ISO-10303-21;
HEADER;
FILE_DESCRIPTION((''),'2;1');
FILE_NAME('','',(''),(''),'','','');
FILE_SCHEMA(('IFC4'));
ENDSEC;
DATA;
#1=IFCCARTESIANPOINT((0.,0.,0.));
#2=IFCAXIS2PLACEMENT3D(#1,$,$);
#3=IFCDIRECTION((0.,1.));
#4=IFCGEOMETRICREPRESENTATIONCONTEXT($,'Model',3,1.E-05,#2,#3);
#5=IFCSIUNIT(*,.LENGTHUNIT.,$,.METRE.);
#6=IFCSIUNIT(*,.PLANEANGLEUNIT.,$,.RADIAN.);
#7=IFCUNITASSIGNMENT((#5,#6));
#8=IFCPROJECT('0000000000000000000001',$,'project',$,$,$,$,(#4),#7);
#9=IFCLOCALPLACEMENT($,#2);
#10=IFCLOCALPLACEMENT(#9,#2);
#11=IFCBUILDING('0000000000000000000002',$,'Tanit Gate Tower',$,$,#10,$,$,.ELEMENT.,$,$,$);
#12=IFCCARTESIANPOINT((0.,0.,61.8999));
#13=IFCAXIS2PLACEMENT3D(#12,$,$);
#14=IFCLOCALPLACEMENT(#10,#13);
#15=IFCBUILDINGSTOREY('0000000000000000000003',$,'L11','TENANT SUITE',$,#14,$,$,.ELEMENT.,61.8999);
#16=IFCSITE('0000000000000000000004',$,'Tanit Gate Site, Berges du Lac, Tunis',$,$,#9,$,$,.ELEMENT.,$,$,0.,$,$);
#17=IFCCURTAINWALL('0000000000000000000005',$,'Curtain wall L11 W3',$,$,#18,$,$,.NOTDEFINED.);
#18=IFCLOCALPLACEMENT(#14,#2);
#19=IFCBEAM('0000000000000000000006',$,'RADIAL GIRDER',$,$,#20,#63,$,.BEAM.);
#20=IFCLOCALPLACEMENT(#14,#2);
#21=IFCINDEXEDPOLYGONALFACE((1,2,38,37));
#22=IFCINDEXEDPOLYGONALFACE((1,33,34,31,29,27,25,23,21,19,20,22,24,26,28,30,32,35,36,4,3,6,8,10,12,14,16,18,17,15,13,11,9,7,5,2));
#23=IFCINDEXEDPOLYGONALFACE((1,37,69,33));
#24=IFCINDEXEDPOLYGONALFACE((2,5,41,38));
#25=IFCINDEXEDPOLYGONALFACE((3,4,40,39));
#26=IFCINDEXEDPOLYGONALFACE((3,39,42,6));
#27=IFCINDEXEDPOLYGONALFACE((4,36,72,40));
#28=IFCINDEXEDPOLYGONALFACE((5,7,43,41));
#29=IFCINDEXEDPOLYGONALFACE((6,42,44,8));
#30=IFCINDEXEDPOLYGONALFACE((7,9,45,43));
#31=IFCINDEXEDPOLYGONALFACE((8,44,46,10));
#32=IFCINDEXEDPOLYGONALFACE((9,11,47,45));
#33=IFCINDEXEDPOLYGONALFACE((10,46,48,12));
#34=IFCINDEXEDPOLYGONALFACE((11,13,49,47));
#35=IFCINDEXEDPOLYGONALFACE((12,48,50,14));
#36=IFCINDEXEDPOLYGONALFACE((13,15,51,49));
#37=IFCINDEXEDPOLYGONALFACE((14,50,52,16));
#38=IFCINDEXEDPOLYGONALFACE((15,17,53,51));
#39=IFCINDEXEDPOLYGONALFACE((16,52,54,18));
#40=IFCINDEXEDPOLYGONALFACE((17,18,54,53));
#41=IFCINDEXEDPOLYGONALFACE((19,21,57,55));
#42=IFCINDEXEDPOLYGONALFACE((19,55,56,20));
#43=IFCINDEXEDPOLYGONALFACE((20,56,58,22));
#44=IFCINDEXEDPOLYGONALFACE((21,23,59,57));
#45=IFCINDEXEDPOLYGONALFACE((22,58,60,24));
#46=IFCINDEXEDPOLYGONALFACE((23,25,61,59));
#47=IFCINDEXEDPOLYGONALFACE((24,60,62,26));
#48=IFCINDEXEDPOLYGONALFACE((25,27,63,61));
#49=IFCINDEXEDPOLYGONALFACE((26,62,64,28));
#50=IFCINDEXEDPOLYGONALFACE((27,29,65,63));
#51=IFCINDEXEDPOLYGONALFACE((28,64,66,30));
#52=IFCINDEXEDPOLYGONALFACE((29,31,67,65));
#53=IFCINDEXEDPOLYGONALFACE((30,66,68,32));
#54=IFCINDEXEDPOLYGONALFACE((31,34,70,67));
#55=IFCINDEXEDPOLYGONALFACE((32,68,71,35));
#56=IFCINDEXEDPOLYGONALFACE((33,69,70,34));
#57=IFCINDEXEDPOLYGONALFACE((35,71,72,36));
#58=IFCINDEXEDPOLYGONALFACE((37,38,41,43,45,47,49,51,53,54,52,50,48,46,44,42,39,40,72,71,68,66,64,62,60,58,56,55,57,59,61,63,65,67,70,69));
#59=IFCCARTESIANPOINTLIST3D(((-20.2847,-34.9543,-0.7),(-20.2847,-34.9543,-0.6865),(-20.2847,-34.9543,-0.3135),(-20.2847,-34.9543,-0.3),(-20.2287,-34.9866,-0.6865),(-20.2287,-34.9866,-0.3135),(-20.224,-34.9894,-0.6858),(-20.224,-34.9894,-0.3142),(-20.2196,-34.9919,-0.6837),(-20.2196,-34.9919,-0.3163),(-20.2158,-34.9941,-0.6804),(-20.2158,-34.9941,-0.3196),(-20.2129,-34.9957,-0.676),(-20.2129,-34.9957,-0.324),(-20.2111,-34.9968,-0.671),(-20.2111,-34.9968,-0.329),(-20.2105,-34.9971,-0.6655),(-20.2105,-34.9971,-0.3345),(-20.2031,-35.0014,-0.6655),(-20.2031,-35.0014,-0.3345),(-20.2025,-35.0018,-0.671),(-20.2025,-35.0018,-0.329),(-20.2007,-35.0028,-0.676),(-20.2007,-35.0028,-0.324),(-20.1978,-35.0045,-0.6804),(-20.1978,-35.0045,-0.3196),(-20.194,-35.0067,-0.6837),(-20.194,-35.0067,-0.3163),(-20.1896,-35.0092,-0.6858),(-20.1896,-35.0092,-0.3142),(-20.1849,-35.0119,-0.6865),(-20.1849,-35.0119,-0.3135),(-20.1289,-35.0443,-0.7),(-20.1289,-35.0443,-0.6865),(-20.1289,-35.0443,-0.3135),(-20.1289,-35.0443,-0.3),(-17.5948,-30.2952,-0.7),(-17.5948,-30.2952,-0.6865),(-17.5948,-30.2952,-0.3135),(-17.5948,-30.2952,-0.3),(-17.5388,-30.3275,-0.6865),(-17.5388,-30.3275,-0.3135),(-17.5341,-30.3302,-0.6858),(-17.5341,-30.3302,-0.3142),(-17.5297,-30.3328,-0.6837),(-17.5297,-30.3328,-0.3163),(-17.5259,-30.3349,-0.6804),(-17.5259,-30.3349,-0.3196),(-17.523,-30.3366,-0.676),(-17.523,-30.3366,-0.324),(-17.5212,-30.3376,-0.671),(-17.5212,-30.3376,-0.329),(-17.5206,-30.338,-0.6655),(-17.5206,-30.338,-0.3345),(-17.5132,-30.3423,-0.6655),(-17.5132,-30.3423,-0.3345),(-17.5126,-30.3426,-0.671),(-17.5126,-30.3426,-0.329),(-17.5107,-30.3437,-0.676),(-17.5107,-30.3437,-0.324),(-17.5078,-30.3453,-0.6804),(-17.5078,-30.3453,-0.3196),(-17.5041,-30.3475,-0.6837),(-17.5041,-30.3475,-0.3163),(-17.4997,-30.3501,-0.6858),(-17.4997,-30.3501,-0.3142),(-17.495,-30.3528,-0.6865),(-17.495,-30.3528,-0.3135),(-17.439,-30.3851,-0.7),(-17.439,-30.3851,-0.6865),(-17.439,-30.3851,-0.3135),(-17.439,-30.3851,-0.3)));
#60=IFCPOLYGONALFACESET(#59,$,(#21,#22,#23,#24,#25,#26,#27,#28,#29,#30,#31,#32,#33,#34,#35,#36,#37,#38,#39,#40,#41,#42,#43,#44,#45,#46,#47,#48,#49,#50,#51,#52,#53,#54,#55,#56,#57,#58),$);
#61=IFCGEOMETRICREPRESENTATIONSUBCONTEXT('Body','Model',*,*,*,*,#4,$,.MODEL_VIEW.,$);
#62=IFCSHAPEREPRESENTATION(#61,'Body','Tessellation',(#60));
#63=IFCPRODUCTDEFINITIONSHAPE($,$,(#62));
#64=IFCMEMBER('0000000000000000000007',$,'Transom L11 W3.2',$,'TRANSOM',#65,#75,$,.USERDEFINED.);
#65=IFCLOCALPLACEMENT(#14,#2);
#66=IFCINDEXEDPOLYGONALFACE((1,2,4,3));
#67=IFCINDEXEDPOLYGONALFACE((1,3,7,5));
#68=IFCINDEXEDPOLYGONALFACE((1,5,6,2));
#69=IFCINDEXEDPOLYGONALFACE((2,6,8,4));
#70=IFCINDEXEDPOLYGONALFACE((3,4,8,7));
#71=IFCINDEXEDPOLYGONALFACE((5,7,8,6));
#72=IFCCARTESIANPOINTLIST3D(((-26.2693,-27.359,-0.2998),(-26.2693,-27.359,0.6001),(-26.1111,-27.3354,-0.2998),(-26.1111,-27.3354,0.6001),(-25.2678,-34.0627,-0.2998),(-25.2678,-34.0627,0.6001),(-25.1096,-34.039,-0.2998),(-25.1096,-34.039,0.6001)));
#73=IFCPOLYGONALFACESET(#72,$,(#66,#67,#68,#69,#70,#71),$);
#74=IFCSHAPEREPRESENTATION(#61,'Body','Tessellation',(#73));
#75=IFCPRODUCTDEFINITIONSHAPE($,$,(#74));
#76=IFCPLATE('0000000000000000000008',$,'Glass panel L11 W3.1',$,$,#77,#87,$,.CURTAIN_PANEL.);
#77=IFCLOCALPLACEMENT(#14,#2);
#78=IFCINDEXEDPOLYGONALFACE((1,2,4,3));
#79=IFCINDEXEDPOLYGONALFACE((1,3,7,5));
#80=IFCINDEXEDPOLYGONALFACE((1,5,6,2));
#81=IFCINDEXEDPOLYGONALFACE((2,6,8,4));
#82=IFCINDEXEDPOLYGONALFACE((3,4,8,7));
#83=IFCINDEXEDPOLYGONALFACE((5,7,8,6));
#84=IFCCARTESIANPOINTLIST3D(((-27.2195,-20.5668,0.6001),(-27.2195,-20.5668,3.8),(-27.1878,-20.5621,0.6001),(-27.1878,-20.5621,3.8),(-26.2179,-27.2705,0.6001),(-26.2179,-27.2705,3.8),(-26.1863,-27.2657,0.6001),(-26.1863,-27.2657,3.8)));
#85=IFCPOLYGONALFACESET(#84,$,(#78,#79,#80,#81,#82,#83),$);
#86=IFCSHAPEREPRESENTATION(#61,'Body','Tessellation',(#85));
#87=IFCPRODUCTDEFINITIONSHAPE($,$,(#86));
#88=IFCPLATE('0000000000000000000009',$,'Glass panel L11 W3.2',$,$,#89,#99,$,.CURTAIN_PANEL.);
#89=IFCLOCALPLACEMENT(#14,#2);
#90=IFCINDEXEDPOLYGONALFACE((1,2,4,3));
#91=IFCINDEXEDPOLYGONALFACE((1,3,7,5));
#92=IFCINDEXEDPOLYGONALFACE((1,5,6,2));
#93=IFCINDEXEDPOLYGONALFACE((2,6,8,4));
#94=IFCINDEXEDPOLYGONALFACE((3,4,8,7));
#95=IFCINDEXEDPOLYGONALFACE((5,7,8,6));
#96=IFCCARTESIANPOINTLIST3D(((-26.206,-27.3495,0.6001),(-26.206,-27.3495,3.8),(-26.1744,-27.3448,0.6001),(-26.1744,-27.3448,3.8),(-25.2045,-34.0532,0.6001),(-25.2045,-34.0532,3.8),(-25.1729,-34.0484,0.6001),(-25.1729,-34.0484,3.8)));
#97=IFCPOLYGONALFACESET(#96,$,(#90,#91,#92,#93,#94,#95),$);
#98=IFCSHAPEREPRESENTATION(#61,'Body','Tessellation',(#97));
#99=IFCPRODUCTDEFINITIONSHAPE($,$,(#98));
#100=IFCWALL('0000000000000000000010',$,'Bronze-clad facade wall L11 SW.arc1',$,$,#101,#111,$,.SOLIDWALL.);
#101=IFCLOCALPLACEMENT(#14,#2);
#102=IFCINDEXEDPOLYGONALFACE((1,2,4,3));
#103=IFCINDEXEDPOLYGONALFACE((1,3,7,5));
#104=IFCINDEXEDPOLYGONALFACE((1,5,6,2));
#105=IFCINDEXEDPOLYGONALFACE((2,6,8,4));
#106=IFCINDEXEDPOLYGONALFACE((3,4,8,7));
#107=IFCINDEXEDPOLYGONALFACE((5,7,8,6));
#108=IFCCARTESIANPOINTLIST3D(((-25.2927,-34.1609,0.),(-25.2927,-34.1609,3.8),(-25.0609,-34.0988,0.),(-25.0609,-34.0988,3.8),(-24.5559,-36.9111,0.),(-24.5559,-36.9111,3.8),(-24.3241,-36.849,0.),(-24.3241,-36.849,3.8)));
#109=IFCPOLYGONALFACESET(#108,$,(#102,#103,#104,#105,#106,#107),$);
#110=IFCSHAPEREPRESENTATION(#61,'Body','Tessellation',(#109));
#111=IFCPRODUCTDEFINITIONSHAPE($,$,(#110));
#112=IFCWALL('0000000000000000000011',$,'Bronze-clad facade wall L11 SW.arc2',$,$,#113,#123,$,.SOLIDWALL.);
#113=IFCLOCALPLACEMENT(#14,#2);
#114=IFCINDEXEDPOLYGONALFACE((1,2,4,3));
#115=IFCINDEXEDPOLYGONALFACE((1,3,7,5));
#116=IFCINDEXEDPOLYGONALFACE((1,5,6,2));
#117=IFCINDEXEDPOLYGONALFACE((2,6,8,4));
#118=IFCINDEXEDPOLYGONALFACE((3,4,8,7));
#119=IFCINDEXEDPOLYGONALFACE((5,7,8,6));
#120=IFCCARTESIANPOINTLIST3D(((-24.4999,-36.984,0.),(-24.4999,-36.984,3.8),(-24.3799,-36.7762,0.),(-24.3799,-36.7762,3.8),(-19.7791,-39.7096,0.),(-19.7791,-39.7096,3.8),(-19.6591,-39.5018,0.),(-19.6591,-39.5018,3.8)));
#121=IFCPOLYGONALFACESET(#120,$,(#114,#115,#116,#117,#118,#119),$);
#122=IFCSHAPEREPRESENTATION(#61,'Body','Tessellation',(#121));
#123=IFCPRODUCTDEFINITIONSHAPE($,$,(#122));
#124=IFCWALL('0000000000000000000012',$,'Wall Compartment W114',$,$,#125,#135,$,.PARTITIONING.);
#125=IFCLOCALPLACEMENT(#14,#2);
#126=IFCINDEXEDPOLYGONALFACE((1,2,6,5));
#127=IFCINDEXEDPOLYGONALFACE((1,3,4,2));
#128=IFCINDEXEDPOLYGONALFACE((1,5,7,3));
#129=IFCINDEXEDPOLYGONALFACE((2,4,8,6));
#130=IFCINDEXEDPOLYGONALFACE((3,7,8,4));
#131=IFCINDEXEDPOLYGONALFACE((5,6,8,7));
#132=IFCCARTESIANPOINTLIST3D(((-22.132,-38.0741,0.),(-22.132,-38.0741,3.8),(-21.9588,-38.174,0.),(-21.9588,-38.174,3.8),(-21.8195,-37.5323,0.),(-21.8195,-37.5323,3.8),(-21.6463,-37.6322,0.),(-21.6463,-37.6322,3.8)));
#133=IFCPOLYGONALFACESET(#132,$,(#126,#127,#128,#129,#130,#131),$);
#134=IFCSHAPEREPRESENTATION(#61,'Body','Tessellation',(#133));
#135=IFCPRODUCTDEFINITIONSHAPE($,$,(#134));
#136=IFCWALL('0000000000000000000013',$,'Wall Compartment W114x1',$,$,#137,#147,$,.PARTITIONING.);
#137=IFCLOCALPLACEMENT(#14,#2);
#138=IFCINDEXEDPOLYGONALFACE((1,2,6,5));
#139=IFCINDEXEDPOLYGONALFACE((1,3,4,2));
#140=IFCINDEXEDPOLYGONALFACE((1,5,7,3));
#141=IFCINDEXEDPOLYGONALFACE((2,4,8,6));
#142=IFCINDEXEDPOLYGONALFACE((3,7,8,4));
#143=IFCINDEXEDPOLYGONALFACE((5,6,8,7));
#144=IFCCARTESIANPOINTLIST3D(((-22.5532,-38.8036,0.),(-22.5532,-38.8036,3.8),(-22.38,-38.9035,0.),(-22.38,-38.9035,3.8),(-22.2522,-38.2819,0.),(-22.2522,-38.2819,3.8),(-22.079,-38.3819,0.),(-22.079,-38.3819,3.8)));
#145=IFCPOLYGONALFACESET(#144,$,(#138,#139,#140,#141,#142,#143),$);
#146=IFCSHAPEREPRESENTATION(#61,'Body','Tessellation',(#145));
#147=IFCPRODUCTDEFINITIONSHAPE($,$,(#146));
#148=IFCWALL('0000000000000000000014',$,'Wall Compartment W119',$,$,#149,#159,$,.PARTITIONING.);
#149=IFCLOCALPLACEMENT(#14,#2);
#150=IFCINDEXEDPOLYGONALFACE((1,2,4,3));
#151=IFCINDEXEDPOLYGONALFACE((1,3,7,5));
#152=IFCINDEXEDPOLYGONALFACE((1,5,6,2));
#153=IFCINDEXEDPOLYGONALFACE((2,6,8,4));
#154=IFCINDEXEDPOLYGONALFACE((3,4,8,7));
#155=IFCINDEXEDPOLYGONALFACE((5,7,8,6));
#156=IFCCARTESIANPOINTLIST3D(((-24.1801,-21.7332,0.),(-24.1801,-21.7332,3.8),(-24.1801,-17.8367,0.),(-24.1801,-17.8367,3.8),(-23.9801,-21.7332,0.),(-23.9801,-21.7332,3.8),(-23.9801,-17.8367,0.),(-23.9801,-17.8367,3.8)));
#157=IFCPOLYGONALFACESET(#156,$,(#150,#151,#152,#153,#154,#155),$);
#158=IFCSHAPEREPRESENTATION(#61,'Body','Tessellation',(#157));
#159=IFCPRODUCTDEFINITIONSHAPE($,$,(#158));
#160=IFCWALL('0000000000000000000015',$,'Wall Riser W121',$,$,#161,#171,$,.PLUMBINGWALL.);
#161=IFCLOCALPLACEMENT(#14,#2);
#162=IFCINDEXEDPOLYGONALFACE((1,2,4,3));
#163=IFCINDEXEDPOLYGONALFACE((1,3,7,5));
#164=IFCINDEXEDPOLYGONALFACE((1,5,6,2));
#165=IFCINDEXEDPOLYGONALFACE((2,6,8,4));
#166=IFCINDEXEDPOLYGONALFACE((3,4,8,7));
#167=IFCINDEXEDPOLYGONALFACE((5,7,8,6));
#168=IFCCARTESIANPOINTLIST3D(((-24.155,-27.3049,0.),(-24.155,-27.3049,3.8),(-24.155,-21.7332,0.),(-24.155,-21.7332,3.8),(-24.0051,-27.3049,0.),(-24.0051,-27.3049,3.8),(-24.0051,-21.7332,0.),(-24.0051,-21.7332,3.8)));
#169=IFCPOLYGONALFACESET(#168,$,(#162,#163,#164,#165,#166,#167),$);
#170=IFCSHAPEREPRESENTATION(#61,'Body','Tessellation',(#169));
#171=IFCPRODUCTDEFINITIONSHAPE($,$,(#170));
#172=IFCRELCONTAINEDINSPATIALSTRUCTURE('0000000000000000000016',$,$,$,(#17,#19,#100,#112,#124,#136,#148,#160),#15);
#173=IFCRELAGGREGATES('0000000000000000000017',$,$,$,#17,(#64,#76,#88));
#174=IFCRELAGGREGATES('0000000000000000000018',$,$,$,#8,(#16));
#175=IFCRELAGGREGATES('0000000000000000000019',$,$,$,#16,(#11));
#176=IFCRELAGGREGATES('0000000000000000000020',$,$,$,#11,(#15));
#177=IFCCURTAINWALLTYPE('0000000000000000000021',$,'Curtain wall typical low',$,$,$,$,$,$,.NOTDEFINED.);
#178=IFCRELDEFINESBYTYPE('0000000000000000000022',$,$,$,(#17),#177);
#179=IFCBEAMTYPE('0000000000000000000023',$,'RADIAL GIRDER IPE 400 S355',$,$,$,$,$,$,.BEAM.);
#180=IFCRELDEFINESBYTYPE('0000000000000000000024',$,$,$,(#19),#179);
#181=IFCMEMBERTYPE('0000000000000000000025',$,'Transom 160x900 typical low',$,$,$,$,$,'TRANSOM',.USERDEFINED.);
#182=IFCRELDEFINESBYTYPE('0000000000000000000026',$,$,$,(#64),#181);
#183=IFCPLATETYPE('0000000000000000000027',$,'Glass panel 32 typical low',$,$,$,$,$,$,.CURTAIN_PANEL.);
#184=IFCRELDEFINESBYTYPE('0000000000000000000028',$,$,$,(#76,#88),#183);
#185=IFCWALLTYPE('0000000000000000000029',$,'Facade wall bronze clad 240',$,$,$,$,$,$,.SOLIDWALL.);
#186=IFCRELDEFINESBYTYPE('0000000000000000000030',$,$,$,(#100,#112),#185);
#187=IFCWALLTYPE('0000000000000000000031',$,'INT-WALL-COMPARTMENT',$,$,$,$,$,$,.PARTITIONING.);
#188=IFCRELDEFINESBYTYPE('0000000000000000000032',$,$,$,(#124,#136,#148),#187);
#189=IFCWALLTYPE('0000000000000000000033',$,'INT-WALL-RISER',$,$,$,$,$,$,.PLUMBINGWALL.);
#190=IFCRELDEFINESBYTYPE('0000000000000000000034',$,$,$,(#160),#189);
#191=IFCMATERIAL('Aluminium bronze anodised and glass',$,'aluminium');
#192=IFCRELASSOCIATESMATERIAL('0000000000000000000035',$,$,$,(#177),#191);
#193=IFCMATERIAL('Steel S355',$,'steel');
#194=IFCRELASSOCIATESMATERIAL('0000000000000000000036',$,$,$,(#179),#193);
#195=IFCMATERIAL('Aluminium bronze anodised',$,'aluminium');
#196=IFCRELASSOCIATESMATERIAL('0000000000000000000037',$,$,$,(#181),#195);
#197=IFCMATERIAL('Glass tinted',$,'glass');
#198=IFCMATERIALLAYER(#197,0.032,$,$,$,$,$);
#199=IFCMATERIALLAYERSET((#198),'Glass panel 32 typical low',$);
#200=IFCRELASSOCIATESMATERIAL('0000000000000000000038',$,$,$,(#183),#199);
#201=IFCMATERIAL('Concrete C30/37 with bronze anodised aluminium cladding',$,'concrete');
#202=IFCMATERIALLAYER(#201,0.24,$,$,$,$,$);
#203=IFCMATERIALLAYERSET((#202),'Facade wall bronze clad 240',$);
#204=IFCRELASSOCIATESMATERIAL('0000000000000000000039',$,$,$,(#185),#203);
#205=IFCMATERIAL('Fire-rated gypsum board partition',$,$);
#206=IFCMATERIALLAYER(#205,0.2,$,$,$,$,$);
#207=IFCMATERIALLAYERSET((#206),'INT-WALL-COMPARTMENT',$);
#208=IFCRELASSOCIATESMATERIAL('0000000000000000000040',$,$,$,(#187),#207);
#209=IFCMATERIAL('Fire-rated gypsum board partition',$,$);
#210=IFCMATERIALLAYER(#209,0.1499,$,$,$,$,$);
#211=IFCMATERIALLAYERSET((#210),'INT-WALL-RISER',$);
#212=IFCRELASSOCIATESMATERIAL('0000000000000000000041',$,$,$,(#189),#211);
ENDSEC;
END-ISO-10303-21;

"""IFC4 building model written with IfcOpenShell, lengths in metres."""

from ifc_helpers import new_model, si_unit, direction, frame, frame_2d, origin, origin_2d, place, context, subcontext, project, spatial, rectangle, i_section, extrude, material, layer, layer_set, material_profile, profile_set, type_object, element, aggregate, save


model = new_model("IFC4")

# Units and contexts
model_context = context("Model", 3, precision=1e-05, world=origin(), true_north=direction((0.0, 1.0)))
body_context = subcontext(model_context, "Body", "Model", "MODEL_VIEW")
ifc_project = project(units=[si_unit("LENGTHUNIT", "METRE"), si_unit("PLANEANGLEUNIT", "RADIAN")], contexts=[model_context])

# Site, building, storey
site_placement = place(None, origin())
site = spatial("IfcSite", under=ifc_project, at=site_placement, Name="Tanit Gate Site, Berges du Lac, Tunis", CompositionType="ELEMENT", RefElevation=0.0)
building_placement = place(site_placement, origin())
building = spatial("IfcBuilding", under=site, at=building_placement, Name="Tanit Gate Tower", CompositionType="ELEMENT")
storey_placement = place(building_placement, frame((0.0, 0.0, 61.8999)))
storey = spatial("IfcBuildingStorey", under=building, at=storey_placement, Name="L11", Description="TENANT SUITE", CompositionType="ELEMENT", Elevation=61.8999)

# Curtain wall
ifc_material_1 = material(Name="Aluminium bronze anodised and glass", Category="aluminium")
curtain_wall_type = type_object("IfcCurtainWallType", Name="Curtain wall typical low", PredefinedType="NOTDEFINED", material=ifc_material_1)
curtain_wall_placement = place(storey_placement, origin())
curtain_wall = element("IfcCurtainWall", 1, at=curtain_wall_placement, inside=storey, type_object=curtain_wall_type, Name="Curtain wall L11 W3", PredefinedType="NOTDEFINED")

# Beam
ifc_material_2 = material(Name="Steel S355", Category="steel")
ifc_material_profile_1 = material_profile(ifc_material_2, i_section(OverallWidth=0.1799, OverallDepth=0.3999, WebThickness=0.0085, FlangeThickness=0.0134, FilletRadius=0.021, at=origin_2d()), Name="IPE 400")
ifc_profile_set_1 = profile_set([ifc_material_profile_1], Name="Steel S355")
beam_type_1 = type_object("IfcBeamType", Name="RADIAL GIRDER IPE 400 S355", PredefinedType="BEAM", material=ifc_profile_set_1)
beam_1_placement = place(storey_placement, frame((-20.2068, -34.9993, -0.5), z_axis=(0.499995, 0.866028, 0.0), x_axis=(-0.866028, 0.499995, 0.0)))
element("IfcBeam", 2, at=beam_1_placement, inside=storey, type_object=beam_type_1, Name="RADIAL GIRDER", PredefinedType="BEAM", context=body_context, shape_type="SweptSolid", body=[
    extrude(i_section(OverallWidth=0.1799, OverallDepth=0.3999, WebThickness=0.0085, FlangeThickness=0.0134, FilletRadius=0.021, at=origin_2d()), origin(), (0.0, 0.0, 1.0), 5.3799),
])

# Member
ifc_material_3 = material(Name="Aluminium bronze anodised", Category="aluminium")
ifc_material_profile_2 = material_profile(ifc_material_3, rectangle(XDim=0.1599, YDim=0.8999, at=origin_2d()), Name="160x900 bronze transom")
ifc_profile_set_2 = profile_set([ifc_material_profile_2], Name="Aluminium bronze anodised")
member_type_1 = type_object("IfcMemberType", Name="Transom 160x900 typical low", ElementType="TRANSOM", PredefinedType="USERDEFINED", material=ifc_profile_set_2)
member_1_placement = place(storey_placement, frame((-26.1902, -27.3472, 0.1501), z_axis=(0.147752, -0.989024, 0.0), x_axis=(0.989024, 0.147752, 0.0)))
member_1 = element("IfcMember", 3, at=member_1_placement, type_object=member_type_1, Name="Transom L11 W3.2", ObjectType="TRANSOM", PredefinedType="USERDEFINED", context=body_context, shape_type="SweptSolid", body=[
    extrude(rectangle(XDim=0.1599, YDim=0.8999, at=origin_2d()), origin(), (0.0, 0.0, 1.0), 6.7781),
])

# Plates
ifc_material_4 = material(Name="Glass tinted", Category="glass")
ifc_layer_1 = layer(ifc_material_4, 0.032)
ifc_layer_set_1 = layer_set([ifc_layer_1], Name="Glass panel 32 typical low")
plate_type = type_object("IfcPlateType", Name="Glass panel 32 typical low", PredefinedType="CURTAIN_PANEL", material=ifc_layer_set_1)
plate_1_placement = place(storey_placement, frame((-26.7029, -23.9163, 0.6001), z_axis=(0.0, 0.0, 1.0), x_axis=(0.14776, -0.989023, 0.0)))
plate_1 = element("IfcPlate", 4, at=plate_1_placement, type_object=plate_type, Name="Glass panel L11 W3.1", PredefinedType="CURTAIN_PANEL", context=body_context, shape_type="SweptSolid", body=[
    extrude(rectangle(XDim=6.7781, YDim=0.032, at=origin_2d()), origin(), (0.0, 0.0, 1.0), 3.2),
])
plate_2_placement = place(storey_placement, frame((-25.6895, -30.699, 0.6001), z_axis=(0.0, 0.0, 1.0), x_axis=(0.14776, -0.989023, 0.0)))
plate_2 = element("IfcPlate", 5, at=plate_2_placement, type_object=plate_type, Name="Glass panel L11 W3.2", PredefinedType="CURTAIN_PANEL", context=body_context, shape_type="SweptSolid", body=[
    extrude(rectangle(XDim=6.7781, YDim=0.032, at=origin_2d()), origin(), (0.0, 0.0, 1.0), 3.2),
])
aggregate(curtain_wall, [member_1, plate_1, plate_2])

# Walls
ifc_material_5 = material(Name="Concrete C30/37 with bronze anodised aluminium cladding", Category="concrete")
ifc_layer_2 = layer(ifc_material_5, 0.24)
ifc_layer_set_2 = layer_set([ifc_layer_2], Name="Facade wall bronze clad 240")
wall_type_1 = type_object("IfcWallType", Name="Facade wall bronze clad 240", PredefinedType="SOLIDWALL", material=ifc_layer_set_2)
wall_1_placement = place(storey_placement, frame((-25.1768, -34.1299, 0.0), z_axis=(0.0, 0.0, 1.0), x_axis=(0.258783, -0.965935, 0.0)))
element("IfcWall", 6, at=wall_1_placement, inside=storey, type_object=wall_type_1, Name="Bronze-clad facade wall L11 SW.arc1", PredefinedType="SOLIDWALL", context=body_context, shape_type="SweptSolid", body=[
    extrude(rectangle(XDim=2.8472, YDim=0.24, at=frame_2d((1.4236, 0.0))), origin(), (0.0, 0.0, 1.0), 3.8),
])
wall_2_placement = place(storey_placement, frame((-24.4399, -36.8801, 0.0), z_axis=(0.0, 0.0, 1.0), x_axis=(0.86603, -0.499993, 0.0)))
element("IfcWall", 7, at=wall_2_placement, inside=storey, type_object=wall_type_1, Name="Bronze-clad facade wall L11 SW.arc2", PredefinedType="SOLIDWALL", context=body_context, shape_type="SweptSolid", body=[
    extrude(rectangle(XDim=5.4512, YDim=0.24, at=frame_2d((2.7256, 0.0))), origin(), (0.0, 0.0, 1.0), 3.8),
])
ifc_material_6 = material(Name="Fire-rated gypsum board partition")
ifc_layer_3 = layer(ifc_material_6, 0.2)
ifc_layer_set_3 = layer_set([ifc_layer_3], Name="INT-WALL-COMPARTMENT")
wall_type_2 = type_object("IfcWallType", Name="INT-WALL-COMPARTMENT", PredefinedType="PARTITIONING", material=ifc_layer_set_3)
wall_3_placement = place(storey_placement, frame((-21.7329, -37.5823, 0.0), z_axis=(0.0, 0.0, 1.0), x_axis=(-0.499666, -0.866218, 0.0)))
element("IfcWall", 8, at=wall_3_placement, inside=storey, type_object=wall_type_2, Name="Wall Compartment W114", PredefinedType="PARTITIONING", context=body_context, shape_type="SweptSolid", body=[
    extrude(rectangle(XDim=0.6255, YDim=0.2, at=frame_2d((0.3127, 0.0))), origin(), (0.0, 0.0, 1.0), 3.8),
])
wall_4_placement = place(storey_placement, frame((-22.1655, -38.3318, 0.0), z_axis=(0.0, 0.0, 1.0), x_axis=(-0.499758, -0.866165, 0.0)))
element("IfcWall", 9, at=wall_4_placement, inside=storey, type_object=wall_type_2, Name="Wall Compartment W114x1", PredefinedType="PARTITIONING", context=body_context, shape_type="SweptSolid", body=[
    extrude(rectangle(XDim=0.6023, YDim=0.2, at=frame_2d((0.3013, 0.0))), origin(), (0.0, 0.0, 1.0), 3.8),
])
wall_5_placement = place(storey_placement, frame((-24.0801, -21.7332, 0.0), z_axis=(0.0, 0.0, 1.0), x_axis=(0.0, 1.0, 0.0)))
element("IfcWall", 10, at=wall_5_placement, inside=storey, type_object=wall_type_2, Name="Wall Compartment W119", PredefinedType="PARTITIONING", context=body_context, shape_type="SweptSolid", body=[
    extrude(rectangle(XDim=3.8965, YDim=0.2, at=frame_2d((1.9482, 0.0))), origin(), (0.0, 0.0, 1.0), 3.8),
])
ifc_material_7 = material(Name="Fire-rated gypsum board partition")
ifc_layer_4 = layer(ifc_material_7, 0.1499)
ifc_layer_set_4 = layer_set([ifc_layer_4], Name="INT-WALL-RISER")
wall_type_3 = type_object("IfcWallType", Name="INT-WALL-RISER", PredefinedType="PLUMBINGWALL", material=ifc_layer_set_4)
wall_6_placement = place(storey_placement, frame((-24.0801, -27.3049, 0.0), z_axis=(0.0, 0.0, 1.0), x_axis=(0.0, 1.0, 0.0)))
element("IfcWall", 11, at=wall_6_placement, inside=storey, type_object=wall_type_3, Name="Wall Riser W121", PredefinedType="PLUMBINGWALL", context=body_context, shape_type="SweptSolid", body=[
    extrude(rectangle(XDim=5.5718, YDim=0.1499, at=frame_2d((2.7859, 0.0))), origin(), (0.0, 0.0, 1.0), 3.8),
])

save(model, "model.ifc")
